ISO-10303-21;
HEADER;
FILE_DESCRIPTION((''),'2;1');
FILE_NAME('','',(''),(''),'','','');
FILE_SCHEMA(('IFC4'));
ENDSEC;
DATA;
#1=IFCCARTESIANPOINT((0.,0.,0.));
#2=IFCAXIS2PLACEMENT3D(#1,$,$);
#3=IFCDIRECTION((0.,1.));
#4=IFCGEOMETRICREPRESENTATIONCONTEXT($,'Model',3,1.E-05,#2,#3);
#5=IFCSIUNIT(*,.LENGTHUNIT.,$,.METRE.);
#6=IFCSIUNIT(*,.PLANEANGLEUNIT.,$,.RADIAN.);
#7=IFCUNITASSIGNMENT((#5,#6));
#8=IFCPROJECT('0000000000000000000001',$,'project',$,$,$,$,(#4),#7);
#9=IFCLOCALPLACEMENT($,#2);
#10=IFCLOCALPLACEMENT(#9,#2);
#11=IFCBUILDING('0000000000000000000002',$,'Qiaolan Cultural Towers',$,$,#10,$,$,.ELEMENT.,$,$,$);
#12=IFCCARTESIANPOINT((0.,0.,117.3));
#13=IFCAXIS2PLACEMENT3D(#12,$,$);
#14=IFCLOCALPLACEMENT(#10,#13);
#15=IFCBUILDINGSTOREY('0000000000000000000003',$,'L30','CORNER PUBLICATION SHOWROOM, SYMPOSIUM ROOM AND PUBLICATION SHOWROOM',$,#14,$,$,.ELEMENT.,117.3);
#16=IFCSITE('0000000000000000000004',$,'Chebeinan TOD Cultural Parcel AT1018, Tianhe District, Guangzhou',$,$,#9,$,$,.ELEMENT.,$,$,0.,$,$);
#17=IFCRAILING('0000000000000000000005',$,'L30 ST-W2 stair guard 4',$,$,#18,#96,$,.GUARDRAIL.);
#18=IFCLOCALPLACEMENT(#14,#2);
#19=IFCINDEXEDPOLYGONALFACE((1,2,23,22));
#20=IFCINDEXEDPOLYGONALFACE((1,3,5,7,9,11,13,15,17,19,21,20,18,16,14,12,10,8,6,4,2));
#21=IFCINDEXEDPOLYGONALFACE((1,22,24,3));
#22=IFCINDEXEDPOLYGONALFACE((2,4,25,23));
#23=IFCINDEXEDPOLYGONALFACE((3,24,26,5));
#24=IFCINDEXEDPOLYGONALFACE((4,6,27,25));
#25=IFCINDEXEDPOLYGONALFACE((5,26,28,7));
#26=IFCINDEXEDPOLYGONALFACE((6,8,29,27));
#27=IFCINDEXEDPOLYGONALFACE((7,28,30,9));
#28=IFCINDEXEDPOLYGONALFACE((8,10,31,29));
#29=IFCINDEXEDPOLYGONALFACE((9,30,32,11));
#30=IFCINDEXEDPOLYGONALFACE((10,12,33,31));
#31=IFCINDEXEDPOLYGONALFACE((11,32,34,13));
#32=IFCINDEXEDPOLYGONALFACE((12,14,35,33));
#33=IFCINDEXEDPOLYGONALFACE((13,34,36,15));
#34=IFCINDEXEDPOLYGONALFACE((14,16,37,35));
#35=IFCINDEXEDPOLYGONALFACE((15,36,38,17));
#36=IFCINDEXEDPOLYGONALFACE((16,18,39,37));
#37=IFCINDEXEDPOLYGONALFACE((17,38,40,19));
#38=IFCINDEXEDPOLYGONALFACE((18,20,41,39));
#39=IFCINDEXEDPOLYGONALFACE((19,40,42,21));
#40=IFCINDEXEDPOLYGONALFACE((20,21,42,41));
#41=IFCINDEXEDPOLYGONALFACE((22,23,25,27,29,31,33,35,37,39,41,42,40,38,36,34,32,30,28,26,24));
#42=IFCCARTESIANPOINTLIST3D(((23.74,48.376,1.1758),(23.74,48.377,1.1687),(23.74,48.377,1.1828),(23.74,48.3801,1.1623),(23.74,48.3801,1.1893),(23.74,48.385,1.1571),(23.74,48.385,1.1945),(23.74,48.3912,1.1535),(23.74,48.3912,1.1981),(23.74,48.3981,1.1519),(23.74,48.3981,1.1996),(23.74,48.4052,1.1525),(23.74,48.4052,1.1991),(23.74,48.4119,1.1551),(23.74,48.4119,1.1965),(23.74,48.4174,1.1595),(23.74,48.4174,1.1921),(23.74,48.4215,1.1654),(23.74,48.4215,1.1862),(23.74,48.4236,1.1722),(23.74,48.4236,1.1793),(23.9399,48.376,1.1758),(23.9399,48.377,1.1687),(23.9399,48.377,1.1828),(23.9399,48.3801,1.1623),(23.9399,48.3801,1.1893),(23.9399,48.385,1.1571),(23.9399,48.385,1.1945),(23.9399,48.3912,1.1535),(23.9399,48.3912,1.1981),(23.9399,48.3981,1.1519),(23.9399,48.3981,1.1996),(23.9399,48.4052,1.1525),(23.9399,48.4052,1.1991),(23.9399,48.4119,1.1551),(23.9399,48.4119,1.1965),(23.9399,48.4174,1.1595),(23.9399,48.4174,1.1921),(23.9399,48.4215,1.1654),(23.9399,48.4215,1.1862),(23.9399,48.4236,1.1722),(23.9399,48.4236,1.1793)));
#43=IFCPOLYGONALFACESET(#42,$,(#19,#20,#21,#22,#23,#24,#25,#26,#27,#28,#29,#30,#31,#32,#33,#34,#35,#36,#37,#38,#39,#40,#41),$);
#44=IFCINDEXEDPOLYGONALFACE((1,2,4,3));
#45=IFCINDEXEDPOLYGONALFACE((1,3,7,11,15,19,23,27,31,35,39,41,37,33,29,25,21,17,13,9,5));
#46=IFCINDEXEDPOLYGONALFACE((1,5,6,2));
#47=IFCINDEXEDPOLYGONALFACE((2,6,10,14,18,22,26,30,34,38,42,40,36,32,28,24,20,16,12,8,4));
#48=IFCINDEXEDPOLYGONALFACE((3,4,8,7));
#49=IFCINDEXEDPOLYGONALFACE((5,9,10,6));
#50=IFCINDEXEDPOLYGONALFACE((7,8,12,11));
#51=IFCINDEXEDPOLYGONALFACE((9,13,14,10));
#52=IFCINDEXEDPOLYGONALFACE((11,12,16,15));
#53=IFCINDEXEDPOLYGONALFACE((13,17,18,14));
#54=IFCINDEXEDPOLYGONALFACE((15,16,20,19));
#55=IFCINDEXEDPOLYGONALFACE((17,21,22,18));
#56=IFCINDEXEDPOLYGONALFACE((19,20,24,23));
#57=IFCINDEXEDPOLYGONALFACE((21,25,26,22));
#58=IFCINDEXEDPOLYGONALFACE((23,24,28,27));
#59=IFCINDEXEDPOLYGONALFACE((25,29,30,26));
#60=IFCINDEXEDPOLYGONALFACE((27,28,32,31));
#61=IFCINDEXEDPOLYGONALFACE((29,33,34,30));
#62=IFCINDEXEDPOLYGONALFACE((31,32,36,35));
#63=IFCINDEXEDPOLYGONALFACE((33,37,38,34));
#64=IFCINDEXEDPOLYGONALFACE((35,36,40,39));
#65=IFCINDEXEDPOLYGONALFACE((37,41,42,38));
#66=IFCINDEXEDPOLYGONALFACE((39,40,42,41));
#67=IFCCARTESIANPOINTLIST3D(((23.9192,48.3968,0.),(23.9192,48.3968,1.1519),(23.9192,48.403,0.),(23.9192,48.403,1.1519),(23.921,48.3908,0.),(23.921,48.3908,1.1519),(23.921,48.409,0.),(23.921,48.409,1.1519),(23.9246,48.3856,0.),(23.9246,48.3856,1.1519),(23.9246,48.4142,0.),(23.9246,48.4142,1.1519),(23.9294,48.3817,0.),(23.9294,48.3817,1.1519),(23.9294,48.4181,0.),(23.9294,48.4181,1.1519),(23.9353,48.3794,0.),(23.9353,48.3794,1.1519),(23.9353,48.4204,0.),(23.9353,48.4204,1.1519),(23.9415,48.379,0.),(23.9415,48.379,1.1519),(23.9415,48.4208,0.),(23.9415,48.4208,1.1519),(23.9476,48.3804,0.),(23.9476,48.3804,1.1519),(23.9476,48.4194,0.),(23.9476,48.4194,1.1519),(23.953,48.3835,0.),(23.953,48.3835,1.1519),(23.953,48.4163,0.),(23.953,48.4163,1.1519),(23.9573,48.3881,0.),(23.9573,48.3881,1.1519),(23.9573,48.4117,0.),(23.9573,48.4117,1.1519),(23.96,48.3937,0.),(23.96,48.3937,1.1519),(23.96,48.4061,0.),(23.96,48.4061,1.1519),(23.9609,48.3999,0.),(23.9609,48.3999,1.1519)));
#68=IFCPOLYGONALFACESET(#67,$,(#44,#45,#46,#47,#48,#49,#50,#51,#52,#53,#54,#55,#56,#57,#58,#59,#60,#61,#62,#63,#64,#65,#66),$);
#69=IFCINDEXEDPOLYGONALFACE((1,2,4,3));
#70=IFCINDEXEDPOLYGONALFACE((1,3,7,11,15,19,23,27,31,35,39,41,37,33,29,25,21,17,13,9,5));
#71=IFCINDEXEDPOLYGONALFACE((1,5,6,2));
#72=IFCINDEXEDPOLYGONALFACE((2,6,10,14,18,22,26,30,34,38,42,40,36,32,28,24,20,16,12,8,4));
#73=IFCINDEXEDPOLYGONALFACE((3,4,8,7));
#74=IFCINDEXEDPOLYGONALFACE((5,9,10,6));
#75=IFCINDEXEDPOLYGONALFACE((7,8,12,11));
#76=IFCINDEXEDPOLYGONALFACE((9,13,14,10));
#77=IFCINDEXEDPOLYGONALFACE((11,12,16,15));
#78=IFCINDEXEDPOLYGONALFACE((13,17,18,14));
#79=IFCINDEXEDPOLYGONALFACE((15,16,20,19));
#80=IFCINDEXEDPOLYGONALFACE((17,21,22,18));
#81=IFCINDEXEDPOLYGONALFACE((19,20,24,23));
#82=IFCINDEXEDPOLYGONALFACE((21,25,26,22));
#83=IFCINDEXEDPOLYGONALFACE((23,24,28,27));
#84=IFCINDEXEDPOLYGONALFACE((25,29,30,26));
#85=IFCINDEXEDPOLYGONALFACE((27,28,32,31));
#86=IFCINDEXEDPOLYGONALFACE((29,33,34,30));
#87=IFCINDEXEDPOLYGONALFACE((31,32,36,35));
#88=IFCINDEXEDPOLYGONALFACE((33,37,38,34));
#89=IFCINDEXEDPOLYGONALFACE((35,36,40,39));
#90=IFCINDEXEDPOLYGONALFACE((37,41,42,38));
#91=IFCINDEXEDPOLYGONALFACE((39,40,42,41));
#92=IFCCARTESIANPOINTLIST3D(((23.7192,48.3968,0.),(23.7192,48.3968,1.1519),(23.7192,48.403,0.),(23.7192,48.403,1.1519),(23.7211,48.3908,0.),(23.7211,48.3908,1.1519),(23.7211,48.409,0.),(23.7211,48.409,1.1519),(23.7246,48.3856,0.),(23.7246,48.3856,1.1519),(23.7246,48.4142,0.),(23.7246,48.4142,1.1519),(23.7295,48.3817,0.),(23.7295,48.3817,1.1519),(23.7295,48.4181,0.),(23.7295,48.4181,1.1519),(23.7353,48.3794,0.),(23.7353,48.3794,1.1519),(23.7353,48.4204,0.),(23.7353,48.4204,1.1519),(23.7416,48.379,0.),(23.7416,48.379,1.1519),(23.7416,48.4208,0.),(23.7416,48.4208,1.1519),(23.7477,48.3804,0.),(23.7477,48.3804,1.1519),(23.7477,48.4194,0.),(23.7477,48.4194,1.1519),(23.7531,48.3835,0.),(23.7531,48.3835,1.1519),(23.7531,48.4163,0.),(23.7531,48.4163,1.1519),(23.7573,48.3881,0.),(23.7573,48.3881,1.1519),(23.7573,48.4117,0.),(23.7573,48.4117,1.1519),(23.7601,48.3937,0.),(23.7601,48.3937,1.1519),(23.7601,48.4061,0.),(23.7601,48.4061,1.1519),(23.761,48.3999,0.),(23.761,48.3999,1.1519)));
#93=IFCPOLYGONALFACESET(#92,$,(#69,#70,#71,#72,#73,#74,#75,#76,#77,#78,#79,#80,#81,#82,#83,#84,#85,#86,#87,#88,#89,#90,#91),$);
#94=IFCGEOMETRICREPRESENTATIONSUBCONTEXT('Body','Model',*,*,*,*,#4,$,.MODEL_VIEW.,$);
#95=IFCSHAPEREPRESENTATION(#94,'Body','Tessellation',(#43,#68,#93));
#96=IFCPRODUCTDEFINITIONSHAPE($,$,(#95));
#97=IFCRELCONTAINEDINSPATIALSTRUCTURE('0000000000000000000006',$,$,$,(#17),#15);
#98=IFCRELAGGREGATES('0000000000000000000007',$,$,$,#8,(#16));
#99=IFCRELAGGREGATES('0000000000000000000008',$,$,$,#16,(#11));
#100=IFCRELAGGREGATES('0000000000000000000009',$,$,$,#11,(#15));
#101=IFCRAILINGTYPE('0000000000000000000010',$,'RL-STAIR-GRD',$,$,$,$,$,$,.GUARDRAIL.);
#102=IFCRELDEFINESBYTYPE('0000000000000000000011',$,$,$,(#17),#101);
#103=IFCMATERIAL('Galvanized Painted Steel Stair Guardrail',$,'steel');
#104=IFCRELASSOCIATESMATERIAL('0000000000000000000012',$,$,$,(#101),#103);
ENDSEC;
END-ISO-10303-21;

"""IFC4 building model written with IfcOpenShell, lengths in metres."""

from ifc_helpers import new_model, si_unit, direction, frame, origin, origin_2d, place, context, subcontext, project, spatial, circle, extrude, material, type_object, element, save


model = new_model("IFC4")

# Units and contexts
model_context = context("Model", 3, precision=1e-05, world=origin(), true_north=direction((0.0, 1.0)))
body_context = subcontext(model_context, "Body", "Model", "MODEL_VIEW")
ifc_project = project(units=[si_unit("LENGTHUNIT", "METRE"), si_unit("PLANEANGLEUNIT", "RADIAN")], contexts=[model_context])

# Site, building, storey
site_placement = place(None, origin())
site = spatial("IfcSite", under=ifc_project, at=site_placement, Name="Chebeinan TOD Cultural Parcel AT1018, Tianhe District, Guangzhou", CompositionType="ELEMENT", RefElevation=0.0)
building_placement = place(site_placement, origin())
building = spatial("IfcBuilding", under=site, at=building_placement, Name="Qiaolan Cultural Towers", CompositionType="ELEMENT")
storey_placement = place(building_placement, frame((0.0, 0.0, 117.3)))
storey = spatial("IfcBuildingStorey", under=building, at=storey_placement, Name="L30", Description="CORNER PUBLICATION SHOWROOM, SYMPOSIUM ROOM AND PUBLICATION SHOWROOM", CompositionType="ELEMENT", Elevation=117.3)

# Railing
ifc_material_1 = material(Name="Galvanized Painted Steel Stair Guardrail", Category="steel")
railing_type_1 = type_object("IfcRailingType", Name="RL-STAIR-GRD", PredefinedType="GUARDRAIL", material=ifc_material_1)
railing_1_placement = place(storey_placement, frame((23.9399, 48.3999, 0.0)))
element("IfcRailing", 1, at=railing_1_placement, inside=storey, type_object=railing_type_1, Name="L30 ST-W2 stair guard 4", PredefinedType="GUARDRAIL", context=body_context, shape_type="SweptSolid", body=[
    extrude(circle(Radius=0.0239, at=origin_2d()), frame((0.0, 0.0, 1.1758), z_axis=(-1.0, 0.0, 0.0), x_axis=(0.0, -1.0, 0.0)), (0.0, 0.0, 1.0), 0.2),
    extrude(circle(Radius=0.021, at=origin_2d()), origin(), (0.0, 0.0, 1.0), 1.1519),
    extrude(circle(Radius=0.021, at=origin_2d()), frame((-0.2, 0.0, 0.0)), (0.0, 0.0, 1.0), 1.1519),
])

save(model, "model.ifc")
